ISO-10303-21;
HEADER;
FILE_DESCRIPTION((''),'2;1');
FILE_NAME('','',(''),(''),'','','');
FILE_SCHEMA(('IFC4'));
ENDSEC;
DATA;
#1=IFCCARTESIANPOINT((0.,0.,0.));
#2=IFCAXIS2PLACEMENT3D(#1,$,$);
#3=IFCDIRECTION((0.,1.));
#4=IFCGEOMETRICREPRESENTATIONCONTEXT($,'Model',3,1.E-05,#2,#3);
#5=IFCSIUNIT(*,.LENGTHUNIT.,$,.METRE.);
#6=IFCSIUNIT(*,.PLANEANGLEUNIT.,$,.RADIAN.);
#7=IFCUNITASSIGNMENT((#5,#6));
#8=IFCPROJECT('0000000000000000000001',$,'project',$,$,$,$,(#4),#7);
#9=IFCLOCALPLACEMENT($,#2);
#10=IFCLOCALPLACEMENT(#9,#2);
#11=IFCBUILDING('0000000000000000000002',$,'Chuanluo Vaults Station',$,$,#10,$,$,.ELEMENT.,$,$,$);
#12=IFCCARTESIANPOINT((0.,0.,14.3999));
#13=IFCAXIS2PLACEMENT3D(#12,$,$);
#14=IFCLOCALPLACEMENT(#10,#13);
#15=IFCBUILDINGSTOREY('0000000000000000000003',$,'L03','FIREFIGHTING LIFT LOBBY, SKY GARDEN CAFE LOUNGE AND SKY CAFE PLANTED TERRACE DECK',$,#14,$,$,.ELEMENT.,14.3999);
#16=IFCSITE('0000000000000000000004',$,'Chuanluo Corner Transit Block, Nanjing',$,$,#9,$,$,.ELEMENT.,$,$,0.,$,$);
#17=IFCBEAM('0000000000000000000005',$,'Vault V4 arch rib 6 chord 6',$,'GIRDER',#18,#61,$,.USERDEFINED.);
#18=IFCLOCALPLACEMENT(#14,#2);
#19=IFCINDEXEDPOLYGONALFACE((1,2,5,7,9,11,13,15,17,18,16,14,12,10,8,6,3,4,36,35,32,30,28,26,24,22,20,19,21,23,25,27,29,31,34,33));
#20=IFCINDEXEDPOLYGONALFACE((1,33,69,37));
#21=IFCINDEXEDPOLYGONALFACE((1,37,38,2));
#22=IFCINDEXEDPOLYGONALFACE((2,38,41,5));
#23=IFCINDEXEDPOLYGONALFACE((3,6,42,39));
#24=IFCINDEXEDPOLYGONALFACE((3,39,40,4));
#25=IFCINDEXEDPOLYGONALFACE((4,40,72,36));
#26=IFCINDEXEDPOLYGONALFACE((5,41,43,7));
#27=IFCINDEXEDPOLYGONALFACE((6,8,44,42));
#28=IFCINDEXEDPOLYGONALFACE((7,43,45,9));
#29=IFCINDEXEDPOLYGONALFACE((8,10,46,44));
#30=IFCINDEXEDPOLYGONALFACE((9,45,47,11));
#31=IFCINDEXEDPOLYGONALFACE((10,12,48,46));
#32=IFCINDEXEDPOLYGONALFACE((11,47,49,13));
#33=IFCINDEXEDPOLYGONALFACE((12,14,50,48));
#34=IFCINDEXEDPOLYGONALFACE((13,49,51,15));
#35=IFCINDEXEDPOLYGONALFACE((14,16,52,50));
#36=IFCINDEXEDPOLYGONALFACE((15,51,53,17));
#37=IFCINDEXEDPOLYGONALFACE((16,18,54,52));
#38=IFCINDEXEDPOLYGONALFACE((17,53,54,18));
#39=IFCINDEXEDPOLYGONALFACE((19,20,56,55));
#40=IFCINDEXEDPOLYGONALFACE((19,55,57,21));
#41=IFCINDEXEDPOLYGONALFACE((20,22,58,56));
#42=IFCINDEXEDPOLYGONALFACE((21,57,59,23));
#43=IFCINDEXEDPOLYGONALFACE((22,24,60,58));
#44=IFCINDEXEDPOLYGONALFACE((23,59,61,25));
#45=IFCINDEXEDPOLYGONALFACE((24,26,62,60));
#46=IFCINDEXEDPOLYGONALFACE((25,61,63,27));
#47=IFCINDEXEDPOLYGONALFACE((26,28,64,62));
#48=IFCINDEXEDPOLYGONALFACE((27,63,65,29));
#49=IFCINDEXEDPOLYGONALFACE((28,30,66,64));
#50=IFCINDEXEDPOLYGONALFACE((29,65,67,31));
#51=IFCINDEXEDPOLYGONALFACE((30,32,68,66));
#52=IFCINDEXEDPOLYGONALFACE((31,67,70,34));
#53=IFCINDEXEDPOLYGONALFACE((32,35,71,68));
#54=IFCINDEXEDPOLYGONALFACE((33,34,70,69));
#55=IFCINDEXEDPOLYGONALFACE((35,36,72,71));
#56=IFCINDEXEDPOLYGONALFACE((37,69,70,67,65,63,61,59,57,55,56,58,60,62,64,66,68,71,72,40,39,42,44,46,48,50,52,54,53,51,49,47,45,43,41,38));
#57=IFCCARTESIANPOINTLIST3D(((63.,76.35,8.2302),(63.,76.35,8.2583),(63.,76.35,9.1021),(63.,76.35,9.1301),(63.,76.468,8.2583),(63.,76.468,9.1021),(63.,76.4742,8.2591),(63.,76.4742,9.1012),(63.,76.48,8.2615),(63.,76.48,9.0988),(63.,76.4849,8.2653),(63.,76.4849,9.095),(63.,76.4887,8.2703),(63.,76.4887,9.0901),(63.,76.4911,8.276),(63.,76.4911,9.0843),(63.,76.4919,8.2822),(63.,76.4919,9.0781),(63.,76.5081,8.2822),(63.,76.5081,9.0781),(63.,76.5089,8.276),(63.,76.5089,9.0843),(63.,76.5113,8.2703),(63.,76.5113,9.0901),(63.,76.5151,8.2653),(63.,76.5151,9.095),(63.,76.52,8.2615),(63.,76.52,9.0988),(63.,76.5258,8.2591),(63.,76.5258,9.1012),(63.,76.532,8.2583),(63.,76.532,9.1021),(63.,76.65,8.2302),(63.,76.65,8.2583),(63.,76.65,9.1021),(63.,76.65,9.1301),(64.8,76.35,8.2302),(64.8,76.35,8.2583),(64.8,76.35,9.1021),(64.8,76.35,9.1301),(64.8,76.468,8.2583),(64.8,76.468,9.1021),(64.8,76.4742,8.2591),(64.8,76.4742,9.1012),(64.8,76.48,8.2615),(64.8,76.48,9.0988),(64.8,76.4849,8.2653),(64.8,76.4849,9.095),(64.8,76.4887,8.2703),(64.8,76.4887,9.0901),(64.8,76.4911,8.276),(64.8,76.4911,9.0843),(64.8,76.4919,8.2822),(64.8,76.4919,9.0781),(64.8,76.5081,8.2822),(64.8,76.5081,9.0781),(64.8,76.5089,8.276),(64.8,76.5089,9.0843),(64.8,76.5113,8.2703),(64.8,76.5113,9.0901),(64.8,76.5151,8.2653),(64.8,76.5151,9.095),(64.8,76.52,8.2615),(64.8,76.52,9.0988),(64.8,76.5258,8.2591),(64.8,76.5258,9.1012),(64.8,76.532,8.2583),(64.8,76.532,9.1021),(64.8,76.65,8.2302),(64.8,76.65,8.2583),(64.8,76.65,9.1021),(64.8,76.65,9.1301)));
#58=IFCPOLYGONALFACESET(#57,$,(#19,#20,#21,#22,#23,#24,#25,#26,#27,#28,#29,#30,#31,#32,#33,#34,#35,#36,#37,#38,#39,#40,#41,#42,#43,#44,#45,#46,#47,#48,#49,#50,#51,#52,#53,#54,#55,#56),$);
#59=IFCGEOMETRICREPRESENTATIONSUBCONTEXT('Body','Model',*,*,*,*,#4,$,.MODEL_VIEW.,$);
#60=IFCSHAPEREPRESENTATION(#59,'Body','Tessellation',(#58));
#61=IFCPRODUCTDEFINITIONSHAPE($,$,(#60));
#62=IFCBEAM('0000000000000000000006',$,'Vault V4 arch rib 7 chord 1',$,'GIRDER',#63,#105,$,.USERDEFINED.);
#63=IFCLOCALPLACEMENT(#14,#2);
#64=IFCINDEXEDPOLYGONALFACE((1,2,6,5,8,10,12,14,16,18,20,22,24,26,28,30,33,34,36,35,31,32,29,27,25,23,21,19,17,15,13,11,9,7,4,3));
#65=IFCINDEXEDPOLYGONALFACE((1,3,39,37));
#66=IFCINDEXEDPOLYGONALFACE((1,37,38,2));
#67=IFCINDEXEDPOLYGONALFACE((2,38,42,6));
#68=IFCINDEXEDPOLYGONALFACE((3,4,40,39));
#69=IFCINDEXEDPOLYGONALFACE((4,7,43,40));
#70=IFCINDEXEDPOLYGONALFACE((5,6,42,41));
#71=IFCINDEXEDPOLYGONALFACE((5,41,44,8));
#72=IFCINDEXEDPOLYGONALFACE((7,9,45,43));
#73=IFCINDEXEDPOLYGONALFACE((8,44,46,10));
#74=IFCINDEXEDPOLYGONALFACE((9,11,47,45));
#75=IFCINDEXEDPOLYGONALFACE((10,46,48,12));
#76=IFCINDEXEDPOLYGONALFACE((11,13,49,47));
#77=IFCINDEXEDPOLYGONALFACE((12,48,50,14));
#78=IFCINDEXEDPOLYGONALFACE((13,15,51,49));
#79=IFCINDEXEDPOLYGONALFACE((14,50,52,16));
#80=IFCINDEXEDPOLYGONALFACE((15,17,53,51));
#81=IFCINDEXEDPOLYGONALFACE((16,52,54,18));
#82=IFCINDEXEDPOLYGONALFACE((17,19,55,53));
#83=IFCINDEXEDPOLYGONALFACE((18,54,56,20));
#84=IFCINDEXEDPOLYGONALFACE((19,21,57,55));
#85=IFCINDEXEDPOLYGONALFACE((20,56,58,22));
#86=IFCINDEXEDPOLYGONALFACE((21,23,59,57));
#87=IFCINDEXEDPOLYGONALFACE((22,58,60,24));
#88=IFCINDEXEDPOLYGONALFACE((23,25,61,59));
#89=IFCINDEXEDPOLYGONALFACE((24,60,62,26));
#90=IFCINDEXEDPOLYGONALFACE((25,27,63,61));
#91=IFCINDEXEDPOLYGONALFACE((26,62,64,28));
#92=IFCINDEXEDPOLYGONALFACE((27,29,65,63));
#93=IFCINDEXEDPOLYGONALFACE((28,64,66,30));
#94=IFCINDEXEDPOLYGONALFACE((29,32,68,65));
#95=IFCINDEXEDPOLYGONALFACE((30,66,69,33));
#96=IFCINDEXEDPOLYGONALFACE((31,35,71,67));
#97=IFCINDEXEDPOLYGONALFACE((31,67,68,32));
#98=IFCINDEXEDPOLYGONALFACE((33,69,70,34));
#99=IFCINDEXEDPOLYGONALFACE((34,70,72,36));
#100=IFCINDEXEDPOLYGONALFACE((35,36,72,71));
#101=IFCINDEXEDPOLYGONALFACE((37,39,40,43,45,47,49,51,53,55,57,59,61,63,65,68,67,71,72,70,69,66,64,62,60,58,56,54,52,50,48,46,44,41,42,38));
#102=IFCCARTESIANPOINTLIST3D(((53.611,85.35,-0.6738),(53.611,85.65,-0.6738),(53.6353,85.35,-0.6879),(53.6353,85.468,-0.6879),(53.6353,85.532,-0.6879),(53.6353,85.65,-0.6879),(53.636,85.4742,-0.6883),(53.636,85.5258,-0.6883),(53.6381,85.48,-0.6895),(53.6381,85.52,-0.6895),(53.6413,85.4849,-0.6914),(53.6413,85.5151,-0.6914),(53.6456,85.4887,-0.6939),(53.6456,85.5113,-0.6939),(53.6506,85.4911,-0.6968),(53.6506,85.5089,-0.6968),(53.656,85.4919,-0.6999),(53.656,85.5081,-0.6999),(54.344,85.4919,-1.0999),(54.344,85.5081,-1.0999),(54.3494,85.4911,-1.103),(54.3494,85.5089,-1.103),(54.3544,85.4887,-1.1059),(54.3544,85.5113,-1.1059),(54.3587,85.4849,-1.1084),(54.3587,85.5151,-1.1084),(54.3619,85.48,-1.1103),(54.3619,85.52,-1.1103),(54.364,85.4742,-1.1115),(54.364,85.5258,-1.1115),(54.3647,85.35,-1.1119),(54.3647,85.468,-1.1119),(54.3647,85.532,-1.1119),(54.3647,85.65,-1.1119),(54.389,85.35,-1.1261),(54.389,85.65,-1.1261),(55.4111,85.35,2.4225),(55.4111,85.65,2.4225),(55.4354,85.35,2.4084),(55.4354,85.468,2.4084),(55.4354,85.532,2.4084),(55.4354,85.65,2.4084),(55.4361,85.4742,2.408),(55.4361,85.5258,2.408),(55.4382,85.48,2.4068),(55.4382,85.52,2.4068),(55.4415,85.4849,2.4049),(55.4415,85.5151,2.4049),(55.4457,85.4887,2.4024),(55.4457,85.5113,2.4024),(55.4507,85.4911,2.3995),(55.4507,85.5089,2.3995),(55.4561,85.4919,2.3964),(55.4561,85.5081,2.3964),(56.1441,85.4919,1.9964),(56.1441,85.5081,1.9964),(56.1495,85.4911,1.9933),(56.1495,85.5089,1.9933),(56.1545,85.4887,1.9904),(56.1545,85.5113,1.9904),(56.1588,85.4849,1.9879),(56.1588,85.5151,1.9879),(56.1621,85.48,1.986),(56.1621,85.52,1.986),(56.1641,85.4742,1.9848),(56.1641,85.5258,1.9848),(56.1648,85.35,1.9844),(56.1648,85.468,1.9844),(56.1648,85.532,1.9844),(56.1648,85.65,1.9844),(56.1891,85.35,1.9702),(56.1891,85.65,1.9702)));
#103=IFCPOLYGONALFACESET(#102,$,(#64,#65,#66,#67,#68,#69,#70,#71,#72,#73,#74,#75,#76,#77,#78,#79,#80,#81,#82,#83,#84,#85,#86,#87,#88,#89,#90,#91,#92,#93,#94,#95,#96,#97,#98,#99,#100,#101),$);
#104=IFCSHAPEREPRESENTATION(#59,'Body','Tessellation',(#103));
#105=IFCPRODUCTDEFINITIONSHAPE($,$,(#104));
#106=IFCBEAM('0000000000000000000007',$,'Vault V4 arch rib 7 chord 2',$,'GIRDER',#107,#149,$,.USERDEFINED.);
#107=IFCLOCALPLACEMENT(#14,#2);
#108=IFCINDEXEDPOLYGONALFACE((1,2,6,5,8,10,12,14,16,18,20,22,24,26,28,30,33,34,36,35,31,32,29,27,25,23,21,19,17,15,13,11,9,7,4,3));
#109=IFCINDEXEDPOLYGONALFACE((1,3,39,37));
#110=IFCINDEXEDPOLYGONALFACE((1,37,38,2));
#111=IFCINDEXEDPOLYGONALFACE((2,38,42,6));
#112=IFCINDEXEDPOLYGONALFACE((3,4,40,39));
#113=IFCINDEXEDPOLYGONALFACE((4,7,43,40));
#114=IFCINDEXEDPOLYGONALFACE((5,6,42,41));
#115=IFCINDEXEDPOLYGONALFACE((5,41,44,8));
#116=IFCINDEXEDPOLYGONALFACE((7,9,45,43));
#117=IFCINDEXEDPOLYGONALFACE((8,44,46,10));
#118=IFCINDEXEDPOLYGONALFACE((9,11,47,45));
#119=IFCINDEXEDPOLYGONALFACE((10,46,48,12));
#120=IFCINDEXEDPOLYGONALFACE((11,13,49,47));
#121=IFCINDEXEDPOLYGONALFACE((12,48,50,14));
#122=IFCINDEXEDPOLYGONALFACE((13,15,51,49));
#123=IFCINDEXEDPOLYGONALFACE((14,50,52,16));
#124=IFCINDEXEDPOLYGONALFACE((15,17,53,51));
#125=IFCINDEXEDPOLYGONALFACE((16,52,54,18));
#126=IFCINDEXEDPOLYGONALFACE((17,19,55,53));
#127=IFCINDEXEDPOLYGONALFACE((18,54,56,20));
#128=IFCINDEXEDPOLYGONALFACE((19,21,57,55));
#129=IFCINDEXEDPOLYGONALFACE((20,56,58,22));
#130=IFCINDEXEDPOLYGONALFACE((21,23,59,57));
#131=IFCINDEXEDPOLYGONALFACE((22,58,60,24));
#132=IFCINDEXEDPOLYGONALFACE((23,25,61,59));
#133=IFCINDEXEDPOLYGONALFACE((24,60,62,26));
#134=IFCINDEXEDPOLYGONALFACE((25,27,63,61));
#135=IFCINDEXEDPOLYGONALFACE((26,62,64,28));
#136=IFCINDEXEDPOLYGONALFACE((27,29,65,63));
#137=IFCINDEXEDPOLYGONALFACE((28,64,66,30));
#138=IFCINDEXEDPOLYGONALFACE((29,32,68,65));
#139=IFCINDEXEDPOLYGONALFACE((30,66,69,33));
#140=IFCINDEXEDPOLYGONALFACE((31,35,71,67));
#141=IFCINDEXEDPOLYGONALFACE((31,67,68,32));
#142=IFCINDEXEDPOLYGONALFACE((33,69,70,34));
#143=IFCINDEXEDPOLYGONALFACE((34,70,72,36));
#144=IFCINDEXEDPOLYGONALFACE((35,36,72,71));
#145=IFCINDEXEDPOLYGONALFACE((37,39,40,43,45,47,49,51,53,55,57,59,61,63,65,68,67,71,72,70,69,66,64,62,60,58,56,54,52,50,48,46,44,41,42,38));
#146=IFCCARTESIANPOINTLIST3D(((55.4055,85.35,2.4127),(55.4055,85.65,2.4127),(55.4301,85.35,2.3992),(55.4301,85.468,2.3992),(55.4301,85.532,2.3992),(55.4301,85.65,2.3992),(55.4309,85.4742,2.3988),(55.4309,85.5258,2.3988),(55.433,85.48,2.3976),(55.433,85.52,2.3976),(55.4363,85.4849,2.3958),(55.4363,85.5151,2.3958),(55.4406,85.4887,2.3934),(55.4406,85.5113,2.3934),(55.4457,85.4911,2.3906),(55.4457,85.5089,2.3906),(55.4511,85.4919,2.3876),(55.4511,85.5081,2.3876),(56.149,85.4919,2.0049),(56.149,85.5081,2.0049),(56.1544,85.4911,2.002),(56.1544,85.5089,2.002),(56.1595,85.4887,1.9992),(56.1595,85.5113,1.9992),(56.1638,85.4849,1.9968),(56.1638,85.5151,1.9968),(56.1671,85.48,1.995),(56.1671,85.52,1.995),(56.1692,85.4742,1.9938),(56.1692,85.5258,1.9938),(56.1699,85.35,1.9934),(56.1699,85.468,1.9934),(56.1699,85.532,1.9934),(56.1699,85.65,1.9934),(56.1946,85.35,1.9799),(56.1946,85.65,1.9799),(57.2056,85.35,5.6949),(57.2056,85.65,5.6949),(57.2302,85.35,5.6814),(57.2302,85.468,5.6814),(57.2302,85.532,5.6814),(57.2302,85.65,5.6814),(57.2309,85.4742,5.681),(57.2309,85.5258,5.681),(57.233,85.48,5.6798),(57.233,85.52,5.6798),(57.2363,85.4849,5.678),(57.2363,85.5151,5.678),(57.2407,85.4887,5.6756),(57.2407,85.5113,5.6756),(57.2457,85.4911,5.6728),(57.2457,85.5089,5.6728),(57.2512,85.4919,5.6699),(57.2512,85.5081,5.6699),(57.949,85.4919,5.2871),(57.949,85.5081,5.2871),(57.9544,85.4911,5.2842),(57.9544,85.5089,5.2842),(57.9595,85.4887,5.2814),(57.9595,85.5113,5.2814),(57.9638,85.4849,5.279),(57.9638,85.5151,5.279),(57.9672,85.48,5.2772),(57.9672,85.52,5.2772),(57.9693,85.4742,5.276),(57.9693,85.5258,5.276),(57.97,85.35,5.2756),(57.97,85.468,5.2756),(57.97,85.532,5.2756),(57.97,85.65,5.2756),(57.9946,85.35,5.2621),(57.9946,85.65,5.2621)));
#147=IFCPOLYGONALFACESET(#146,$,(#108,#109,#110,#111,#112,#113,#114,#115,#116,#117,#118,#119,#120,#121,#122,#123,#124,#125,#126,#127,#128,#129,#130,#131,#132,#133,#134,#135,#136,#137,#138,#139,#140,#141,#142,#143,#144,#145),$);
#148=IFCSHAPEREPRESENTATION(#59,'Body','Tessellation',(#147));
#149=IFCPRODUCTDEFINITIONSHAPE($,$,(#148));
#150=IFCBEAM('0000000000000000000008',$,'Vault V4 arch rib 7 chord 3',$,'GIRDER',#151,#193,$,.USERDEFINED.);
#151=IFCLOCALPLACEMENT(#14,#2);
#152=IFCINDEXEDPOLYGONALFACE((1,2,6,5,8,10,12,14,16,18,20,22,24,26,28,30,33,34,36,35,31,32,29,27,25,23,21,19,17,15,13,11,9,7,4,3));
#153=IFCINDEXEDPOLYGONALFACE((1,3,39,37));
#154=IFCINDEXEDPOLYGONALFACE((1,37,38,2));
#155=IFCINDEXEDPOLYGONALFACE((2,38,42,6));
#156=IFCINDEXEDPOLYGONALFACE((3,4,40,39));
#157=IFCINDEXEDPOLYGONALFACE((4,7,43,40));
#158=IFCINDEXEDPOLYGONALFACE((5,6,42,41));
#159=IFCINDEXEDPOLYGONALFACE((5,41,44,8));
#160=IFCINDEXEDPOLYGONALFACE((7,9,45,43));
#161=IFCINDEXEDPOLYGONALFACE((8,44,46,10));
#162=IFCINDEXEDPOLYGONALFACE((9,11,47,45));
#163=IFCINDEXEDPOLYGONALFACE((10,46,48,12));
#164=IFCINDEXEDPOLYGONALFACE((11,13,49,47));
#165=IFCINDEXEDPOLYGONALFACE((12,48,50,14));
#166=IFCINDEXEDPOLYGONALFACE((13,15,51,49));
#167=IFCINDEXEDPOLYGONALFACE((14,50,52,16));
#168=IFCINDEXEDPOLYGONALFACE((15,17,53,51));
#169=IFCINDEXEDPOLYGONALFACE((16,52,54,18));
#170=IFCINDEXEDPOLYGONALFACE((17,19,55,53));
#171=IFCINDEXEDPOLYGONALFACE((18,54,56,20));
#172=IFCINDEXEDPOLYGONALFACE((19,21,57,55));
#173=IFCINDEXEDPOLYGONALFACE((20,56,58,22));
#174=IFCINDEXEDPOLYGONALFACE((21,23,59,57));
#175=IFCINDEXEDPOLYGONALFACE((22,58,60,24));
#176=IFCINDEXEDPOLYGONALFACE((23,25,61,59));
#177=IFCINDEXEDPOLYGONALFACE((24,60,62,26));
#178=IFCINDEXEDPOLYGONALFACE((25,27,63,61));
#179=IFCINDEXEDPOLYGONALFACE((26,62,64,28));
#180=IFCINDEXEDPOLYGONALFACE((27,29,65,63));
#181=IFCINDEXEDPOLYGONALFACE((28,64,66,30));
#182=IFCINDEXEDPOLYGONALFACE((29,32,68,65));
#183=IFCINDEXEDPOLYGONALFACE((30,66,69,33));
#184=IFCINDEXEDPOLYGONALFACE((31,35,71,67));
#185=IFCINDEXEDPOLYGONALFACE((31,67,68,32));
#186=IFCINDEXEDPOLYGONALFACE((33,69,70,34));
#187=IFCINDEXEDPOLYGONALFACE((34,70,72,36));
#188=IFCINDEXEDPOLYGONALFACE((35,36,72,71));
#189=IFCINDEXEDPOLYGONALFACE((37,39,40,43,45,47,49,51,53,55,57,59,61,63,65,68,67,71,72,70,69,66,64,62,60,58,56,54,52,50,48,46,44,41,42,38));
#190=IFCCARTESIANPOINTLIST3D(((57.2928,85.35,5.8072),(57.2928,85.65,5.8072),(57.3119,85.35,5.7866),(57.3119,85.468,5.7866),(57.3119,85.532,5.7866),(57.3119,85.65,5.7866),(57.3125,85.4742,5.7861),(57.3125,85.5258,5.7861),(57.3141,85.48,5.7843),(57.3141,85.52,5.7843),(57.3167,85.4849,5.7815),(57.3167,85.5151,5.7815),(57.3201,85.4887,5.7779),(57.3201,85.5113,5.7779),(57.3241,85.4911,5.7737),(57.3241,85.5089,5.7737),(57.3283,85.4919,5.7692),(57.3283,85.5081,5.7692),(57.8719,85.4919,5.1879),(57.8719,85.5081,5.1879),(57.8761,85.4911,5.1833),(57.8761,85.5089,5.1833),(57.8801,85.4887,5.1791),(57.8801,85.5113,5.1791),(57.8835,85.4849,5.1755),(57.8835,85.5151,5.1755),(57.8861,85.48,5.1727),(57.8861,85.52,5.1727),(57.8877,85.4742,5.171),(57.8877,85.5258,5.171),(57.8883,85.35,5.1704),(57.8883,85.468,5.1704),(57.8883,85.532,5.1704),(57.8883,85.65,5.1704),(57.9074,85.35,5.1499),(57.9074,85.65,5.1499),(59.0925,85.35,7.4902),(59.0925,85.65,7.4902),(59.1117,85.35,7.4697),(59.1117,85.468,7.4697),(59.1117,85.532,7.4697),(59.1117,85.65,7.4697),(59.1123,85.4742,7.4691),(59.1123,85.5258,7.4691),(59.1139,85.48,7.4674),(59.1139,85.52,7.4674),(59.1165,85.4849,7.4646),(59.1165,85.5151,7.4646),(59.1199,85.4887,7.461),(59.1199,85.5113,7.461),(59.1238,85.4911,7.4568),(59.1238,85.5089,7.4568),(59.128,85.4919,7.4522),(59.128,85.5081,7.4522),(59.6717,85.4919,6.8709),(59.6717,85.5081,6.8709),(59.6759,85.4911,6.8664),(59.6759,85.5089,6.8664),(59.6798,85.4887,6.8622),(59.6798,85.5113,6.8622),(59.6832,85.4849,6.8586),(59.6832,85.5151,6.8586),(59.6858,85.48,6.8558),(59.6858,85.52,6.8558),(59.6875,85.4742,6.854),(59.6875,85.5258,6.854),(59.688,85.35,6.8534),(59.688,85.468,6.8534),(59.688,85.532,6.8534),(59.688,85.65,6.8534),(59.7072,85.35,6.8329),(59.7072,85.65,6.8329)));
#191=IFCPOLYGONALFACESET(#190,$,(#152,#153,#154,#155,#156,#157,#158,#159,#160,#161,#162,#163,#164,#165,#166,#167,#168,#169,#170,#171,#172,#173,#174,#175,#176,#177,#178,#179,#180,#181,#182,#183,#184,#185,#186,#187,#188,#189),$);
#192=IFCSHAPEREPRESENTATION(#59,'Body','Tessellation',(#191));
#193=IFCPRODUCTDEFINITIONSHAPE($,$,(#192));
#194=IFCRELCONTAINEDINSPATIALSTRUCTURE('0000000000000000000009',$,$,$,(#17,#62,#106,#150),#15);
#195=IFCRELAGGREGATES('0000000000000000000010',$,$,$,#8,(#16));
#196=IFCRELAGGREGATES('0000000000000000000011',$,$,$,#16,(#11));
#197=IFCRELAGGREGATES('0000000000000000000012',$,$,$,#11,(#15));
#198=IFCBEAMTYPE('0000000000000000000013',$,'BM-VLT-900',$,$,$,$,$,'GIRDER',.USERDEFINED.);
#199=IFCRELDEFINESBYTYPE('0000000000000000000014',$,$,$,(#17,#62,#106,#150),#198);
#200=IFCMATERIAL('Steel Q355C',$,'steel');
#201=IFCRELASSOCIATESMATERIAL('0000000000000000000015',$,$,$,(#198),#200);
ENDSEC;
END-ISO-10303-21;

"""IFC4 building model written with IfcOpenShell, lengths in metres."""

from ifc_helpers import new_model, si_unit, direction, frame, origin, origin_2d, place, context, subcontext, project, spatial, i_section, extrude, material, material_profile, profile_set, type_object, element, save


model = new_model("IFC4")

# Units and contexts
model_context = context("Model", 3, precision=1e-05, world=origin(), true_north=direction((0.0, 1.0)))
body_context = subcontext(model_context, "Body", "Model", "MODEL_VIEW")
ifc_project = project(units=[si_unit("LENGTHUNIT", "METRE"), si_unit("PLANEANGLEUNIT", "RADIAN")], contexts=[model_context])

# Site, building, storey
site_placement = place(None, origin())
site = spatial("IfcSite", under=ifc_project, at=site_placement, Name="Chuanluo Corner Transit Block, Nanjing", CompositionType="ELEMENT", RefElevation=0.0)
building_placement = place(site_placement, origin())
building = spatial("IfcBuilding", under=site, at=building_placement, Name="Chuanluo Vaults Station", CompositionType="ELEMENT")
storey_placement = place(building_placement, frame((0.0, 0.0, 14.3999)))
storey = spatial("IfcBuildingStorey", under=building, at=storey_placement, Name="L03", Description="FIREFIGHTING LIFT LOBBY, SKY GARDEN CAFE LOUNGE AND SKY CAFE PLANTED TERRACE DECK", CompositionType="ELEMENT", Elevation=14.3999)

# Beams
ifc_material_1 = material(Name="Steel Q355C", Category="steel")
ifc_material_profile_1 = material_profile(ifc_material_1, i_section(OverallWidth=0.3, OverallDepth=0.8999, WebThickness=0.0161, FlangeThickness=0.0281, FilletRadius=0.0239, at=origin_2d()))
ifc_profile_set_1 = profile_set([ifc_material_profile_1], Name="Steel Q355C")
beam_type_1 = type_object("IfcBeamType", Name="BM-VLT-900", ElementType="GIRDER", PredefinedType="USERDEFINED", material=ifc_profile_set_1)
for number, where, z_axis, x_axis, name in (
    (1, (63.0, 76.5, 8.6802), (1.0, 0.0, 0.0), (0.0, 1.0, 0.0), "Vault V4 arch rib 6 chord 6"),
):
    element("IfcBeam", number, at=place(storey_placement, frame(where, z_axis=z_axis, x_axis=x_axis)), inside=storey, type_object=beam_type_1, Name=name, ObjectType="GIRDER", PredefinedType="USERDEFINED", context=body_context, shape_type="SweptSolid", body=[
        extrude(i_section(OverallWidth=0.3, OverallDepth=0.8999, WebThickness=0.0161, FlangeThickness=0.0281, FilletRadius=0.0239, at=origin_2d()), origin(), (0.0, 0.0, 1.0), 1.8),
    ])
beam_1_placement = place(storey_placement, frame((54.0, 85.5, -0.8999), z_axis=(0.502607, 0.0, 0.864515), x_axis=(0.0, 1.0, 0.0)))
element("IfcBeam", 2, at=beam_1_placement, inside=storey, type_object=beam_type_1, Name="Vault V4 arch rib 7 chord 1", ObjectType="GIRDER", PredefinedType="USERDEFINED", context=body_context, shape_type="SweptSolid", body=[
    extrude(i_section(OverallWidth=0.3, OverallDepth=0.8999, WebThickness=0.0161, FlangeThickness=0.0281, FilletRadius=0.0239, at=origin_2d()), origin(), (0.0, 0.0, 1.0), 3.5815),
])
beam_2_placement = place(storey_placement, frame((55.8, 85.5, 2.1963), z_axis=(0.480857, 0.0, 0.876799), x_axis=(0.0, 1.0, 0.0)))
element("IfcBeam", 3, at=beam_2_placement, inside=storey, type_object=beam_type_1, Name="Vault V4 arch rib 7 chord 2", ObjectType="GIRDER", PredefinedType="USERDEFINED", context=body_context, shape_type="SweptSolid", body=[
    extrude(i_section(OverallWidth=0.3, OverallDepth=0.8999, WebThickness=0.0161, FlangeThickness=0.0281, FilletRadius=0.0239, at=origin_2d()), origin(), (0.0, 0.0, 1.0), 3.7434),
])
beam_3_placement = place(storey_placement, frame((57.6001, 85.5, 5.4785), z_axis=(0.730389, 0.0, 0.683031), x_axis=(0.0, 1.0, 0.0)))
element("IfcBeam", 4, at=beam_3_placement, inside=storey, type_object=beam_type_1, Name="Vault V4 arch rib 7 chord 3", ObjectType="GIRDER", PredefinedType="USERDEFINED", context=body_context, shape_type="SweptSolid", body=[
    extrude(i_section(OverallWidth=0.3, OverallDepth=0.8999, WebThickness=0.0161, FlangeThickness=0.0281, FilletRadius=0.0239, at=origin_2d()), origin(), (0.0, 0.0, 1.0), 2.4641),
])

save(model, "model.ifc")
